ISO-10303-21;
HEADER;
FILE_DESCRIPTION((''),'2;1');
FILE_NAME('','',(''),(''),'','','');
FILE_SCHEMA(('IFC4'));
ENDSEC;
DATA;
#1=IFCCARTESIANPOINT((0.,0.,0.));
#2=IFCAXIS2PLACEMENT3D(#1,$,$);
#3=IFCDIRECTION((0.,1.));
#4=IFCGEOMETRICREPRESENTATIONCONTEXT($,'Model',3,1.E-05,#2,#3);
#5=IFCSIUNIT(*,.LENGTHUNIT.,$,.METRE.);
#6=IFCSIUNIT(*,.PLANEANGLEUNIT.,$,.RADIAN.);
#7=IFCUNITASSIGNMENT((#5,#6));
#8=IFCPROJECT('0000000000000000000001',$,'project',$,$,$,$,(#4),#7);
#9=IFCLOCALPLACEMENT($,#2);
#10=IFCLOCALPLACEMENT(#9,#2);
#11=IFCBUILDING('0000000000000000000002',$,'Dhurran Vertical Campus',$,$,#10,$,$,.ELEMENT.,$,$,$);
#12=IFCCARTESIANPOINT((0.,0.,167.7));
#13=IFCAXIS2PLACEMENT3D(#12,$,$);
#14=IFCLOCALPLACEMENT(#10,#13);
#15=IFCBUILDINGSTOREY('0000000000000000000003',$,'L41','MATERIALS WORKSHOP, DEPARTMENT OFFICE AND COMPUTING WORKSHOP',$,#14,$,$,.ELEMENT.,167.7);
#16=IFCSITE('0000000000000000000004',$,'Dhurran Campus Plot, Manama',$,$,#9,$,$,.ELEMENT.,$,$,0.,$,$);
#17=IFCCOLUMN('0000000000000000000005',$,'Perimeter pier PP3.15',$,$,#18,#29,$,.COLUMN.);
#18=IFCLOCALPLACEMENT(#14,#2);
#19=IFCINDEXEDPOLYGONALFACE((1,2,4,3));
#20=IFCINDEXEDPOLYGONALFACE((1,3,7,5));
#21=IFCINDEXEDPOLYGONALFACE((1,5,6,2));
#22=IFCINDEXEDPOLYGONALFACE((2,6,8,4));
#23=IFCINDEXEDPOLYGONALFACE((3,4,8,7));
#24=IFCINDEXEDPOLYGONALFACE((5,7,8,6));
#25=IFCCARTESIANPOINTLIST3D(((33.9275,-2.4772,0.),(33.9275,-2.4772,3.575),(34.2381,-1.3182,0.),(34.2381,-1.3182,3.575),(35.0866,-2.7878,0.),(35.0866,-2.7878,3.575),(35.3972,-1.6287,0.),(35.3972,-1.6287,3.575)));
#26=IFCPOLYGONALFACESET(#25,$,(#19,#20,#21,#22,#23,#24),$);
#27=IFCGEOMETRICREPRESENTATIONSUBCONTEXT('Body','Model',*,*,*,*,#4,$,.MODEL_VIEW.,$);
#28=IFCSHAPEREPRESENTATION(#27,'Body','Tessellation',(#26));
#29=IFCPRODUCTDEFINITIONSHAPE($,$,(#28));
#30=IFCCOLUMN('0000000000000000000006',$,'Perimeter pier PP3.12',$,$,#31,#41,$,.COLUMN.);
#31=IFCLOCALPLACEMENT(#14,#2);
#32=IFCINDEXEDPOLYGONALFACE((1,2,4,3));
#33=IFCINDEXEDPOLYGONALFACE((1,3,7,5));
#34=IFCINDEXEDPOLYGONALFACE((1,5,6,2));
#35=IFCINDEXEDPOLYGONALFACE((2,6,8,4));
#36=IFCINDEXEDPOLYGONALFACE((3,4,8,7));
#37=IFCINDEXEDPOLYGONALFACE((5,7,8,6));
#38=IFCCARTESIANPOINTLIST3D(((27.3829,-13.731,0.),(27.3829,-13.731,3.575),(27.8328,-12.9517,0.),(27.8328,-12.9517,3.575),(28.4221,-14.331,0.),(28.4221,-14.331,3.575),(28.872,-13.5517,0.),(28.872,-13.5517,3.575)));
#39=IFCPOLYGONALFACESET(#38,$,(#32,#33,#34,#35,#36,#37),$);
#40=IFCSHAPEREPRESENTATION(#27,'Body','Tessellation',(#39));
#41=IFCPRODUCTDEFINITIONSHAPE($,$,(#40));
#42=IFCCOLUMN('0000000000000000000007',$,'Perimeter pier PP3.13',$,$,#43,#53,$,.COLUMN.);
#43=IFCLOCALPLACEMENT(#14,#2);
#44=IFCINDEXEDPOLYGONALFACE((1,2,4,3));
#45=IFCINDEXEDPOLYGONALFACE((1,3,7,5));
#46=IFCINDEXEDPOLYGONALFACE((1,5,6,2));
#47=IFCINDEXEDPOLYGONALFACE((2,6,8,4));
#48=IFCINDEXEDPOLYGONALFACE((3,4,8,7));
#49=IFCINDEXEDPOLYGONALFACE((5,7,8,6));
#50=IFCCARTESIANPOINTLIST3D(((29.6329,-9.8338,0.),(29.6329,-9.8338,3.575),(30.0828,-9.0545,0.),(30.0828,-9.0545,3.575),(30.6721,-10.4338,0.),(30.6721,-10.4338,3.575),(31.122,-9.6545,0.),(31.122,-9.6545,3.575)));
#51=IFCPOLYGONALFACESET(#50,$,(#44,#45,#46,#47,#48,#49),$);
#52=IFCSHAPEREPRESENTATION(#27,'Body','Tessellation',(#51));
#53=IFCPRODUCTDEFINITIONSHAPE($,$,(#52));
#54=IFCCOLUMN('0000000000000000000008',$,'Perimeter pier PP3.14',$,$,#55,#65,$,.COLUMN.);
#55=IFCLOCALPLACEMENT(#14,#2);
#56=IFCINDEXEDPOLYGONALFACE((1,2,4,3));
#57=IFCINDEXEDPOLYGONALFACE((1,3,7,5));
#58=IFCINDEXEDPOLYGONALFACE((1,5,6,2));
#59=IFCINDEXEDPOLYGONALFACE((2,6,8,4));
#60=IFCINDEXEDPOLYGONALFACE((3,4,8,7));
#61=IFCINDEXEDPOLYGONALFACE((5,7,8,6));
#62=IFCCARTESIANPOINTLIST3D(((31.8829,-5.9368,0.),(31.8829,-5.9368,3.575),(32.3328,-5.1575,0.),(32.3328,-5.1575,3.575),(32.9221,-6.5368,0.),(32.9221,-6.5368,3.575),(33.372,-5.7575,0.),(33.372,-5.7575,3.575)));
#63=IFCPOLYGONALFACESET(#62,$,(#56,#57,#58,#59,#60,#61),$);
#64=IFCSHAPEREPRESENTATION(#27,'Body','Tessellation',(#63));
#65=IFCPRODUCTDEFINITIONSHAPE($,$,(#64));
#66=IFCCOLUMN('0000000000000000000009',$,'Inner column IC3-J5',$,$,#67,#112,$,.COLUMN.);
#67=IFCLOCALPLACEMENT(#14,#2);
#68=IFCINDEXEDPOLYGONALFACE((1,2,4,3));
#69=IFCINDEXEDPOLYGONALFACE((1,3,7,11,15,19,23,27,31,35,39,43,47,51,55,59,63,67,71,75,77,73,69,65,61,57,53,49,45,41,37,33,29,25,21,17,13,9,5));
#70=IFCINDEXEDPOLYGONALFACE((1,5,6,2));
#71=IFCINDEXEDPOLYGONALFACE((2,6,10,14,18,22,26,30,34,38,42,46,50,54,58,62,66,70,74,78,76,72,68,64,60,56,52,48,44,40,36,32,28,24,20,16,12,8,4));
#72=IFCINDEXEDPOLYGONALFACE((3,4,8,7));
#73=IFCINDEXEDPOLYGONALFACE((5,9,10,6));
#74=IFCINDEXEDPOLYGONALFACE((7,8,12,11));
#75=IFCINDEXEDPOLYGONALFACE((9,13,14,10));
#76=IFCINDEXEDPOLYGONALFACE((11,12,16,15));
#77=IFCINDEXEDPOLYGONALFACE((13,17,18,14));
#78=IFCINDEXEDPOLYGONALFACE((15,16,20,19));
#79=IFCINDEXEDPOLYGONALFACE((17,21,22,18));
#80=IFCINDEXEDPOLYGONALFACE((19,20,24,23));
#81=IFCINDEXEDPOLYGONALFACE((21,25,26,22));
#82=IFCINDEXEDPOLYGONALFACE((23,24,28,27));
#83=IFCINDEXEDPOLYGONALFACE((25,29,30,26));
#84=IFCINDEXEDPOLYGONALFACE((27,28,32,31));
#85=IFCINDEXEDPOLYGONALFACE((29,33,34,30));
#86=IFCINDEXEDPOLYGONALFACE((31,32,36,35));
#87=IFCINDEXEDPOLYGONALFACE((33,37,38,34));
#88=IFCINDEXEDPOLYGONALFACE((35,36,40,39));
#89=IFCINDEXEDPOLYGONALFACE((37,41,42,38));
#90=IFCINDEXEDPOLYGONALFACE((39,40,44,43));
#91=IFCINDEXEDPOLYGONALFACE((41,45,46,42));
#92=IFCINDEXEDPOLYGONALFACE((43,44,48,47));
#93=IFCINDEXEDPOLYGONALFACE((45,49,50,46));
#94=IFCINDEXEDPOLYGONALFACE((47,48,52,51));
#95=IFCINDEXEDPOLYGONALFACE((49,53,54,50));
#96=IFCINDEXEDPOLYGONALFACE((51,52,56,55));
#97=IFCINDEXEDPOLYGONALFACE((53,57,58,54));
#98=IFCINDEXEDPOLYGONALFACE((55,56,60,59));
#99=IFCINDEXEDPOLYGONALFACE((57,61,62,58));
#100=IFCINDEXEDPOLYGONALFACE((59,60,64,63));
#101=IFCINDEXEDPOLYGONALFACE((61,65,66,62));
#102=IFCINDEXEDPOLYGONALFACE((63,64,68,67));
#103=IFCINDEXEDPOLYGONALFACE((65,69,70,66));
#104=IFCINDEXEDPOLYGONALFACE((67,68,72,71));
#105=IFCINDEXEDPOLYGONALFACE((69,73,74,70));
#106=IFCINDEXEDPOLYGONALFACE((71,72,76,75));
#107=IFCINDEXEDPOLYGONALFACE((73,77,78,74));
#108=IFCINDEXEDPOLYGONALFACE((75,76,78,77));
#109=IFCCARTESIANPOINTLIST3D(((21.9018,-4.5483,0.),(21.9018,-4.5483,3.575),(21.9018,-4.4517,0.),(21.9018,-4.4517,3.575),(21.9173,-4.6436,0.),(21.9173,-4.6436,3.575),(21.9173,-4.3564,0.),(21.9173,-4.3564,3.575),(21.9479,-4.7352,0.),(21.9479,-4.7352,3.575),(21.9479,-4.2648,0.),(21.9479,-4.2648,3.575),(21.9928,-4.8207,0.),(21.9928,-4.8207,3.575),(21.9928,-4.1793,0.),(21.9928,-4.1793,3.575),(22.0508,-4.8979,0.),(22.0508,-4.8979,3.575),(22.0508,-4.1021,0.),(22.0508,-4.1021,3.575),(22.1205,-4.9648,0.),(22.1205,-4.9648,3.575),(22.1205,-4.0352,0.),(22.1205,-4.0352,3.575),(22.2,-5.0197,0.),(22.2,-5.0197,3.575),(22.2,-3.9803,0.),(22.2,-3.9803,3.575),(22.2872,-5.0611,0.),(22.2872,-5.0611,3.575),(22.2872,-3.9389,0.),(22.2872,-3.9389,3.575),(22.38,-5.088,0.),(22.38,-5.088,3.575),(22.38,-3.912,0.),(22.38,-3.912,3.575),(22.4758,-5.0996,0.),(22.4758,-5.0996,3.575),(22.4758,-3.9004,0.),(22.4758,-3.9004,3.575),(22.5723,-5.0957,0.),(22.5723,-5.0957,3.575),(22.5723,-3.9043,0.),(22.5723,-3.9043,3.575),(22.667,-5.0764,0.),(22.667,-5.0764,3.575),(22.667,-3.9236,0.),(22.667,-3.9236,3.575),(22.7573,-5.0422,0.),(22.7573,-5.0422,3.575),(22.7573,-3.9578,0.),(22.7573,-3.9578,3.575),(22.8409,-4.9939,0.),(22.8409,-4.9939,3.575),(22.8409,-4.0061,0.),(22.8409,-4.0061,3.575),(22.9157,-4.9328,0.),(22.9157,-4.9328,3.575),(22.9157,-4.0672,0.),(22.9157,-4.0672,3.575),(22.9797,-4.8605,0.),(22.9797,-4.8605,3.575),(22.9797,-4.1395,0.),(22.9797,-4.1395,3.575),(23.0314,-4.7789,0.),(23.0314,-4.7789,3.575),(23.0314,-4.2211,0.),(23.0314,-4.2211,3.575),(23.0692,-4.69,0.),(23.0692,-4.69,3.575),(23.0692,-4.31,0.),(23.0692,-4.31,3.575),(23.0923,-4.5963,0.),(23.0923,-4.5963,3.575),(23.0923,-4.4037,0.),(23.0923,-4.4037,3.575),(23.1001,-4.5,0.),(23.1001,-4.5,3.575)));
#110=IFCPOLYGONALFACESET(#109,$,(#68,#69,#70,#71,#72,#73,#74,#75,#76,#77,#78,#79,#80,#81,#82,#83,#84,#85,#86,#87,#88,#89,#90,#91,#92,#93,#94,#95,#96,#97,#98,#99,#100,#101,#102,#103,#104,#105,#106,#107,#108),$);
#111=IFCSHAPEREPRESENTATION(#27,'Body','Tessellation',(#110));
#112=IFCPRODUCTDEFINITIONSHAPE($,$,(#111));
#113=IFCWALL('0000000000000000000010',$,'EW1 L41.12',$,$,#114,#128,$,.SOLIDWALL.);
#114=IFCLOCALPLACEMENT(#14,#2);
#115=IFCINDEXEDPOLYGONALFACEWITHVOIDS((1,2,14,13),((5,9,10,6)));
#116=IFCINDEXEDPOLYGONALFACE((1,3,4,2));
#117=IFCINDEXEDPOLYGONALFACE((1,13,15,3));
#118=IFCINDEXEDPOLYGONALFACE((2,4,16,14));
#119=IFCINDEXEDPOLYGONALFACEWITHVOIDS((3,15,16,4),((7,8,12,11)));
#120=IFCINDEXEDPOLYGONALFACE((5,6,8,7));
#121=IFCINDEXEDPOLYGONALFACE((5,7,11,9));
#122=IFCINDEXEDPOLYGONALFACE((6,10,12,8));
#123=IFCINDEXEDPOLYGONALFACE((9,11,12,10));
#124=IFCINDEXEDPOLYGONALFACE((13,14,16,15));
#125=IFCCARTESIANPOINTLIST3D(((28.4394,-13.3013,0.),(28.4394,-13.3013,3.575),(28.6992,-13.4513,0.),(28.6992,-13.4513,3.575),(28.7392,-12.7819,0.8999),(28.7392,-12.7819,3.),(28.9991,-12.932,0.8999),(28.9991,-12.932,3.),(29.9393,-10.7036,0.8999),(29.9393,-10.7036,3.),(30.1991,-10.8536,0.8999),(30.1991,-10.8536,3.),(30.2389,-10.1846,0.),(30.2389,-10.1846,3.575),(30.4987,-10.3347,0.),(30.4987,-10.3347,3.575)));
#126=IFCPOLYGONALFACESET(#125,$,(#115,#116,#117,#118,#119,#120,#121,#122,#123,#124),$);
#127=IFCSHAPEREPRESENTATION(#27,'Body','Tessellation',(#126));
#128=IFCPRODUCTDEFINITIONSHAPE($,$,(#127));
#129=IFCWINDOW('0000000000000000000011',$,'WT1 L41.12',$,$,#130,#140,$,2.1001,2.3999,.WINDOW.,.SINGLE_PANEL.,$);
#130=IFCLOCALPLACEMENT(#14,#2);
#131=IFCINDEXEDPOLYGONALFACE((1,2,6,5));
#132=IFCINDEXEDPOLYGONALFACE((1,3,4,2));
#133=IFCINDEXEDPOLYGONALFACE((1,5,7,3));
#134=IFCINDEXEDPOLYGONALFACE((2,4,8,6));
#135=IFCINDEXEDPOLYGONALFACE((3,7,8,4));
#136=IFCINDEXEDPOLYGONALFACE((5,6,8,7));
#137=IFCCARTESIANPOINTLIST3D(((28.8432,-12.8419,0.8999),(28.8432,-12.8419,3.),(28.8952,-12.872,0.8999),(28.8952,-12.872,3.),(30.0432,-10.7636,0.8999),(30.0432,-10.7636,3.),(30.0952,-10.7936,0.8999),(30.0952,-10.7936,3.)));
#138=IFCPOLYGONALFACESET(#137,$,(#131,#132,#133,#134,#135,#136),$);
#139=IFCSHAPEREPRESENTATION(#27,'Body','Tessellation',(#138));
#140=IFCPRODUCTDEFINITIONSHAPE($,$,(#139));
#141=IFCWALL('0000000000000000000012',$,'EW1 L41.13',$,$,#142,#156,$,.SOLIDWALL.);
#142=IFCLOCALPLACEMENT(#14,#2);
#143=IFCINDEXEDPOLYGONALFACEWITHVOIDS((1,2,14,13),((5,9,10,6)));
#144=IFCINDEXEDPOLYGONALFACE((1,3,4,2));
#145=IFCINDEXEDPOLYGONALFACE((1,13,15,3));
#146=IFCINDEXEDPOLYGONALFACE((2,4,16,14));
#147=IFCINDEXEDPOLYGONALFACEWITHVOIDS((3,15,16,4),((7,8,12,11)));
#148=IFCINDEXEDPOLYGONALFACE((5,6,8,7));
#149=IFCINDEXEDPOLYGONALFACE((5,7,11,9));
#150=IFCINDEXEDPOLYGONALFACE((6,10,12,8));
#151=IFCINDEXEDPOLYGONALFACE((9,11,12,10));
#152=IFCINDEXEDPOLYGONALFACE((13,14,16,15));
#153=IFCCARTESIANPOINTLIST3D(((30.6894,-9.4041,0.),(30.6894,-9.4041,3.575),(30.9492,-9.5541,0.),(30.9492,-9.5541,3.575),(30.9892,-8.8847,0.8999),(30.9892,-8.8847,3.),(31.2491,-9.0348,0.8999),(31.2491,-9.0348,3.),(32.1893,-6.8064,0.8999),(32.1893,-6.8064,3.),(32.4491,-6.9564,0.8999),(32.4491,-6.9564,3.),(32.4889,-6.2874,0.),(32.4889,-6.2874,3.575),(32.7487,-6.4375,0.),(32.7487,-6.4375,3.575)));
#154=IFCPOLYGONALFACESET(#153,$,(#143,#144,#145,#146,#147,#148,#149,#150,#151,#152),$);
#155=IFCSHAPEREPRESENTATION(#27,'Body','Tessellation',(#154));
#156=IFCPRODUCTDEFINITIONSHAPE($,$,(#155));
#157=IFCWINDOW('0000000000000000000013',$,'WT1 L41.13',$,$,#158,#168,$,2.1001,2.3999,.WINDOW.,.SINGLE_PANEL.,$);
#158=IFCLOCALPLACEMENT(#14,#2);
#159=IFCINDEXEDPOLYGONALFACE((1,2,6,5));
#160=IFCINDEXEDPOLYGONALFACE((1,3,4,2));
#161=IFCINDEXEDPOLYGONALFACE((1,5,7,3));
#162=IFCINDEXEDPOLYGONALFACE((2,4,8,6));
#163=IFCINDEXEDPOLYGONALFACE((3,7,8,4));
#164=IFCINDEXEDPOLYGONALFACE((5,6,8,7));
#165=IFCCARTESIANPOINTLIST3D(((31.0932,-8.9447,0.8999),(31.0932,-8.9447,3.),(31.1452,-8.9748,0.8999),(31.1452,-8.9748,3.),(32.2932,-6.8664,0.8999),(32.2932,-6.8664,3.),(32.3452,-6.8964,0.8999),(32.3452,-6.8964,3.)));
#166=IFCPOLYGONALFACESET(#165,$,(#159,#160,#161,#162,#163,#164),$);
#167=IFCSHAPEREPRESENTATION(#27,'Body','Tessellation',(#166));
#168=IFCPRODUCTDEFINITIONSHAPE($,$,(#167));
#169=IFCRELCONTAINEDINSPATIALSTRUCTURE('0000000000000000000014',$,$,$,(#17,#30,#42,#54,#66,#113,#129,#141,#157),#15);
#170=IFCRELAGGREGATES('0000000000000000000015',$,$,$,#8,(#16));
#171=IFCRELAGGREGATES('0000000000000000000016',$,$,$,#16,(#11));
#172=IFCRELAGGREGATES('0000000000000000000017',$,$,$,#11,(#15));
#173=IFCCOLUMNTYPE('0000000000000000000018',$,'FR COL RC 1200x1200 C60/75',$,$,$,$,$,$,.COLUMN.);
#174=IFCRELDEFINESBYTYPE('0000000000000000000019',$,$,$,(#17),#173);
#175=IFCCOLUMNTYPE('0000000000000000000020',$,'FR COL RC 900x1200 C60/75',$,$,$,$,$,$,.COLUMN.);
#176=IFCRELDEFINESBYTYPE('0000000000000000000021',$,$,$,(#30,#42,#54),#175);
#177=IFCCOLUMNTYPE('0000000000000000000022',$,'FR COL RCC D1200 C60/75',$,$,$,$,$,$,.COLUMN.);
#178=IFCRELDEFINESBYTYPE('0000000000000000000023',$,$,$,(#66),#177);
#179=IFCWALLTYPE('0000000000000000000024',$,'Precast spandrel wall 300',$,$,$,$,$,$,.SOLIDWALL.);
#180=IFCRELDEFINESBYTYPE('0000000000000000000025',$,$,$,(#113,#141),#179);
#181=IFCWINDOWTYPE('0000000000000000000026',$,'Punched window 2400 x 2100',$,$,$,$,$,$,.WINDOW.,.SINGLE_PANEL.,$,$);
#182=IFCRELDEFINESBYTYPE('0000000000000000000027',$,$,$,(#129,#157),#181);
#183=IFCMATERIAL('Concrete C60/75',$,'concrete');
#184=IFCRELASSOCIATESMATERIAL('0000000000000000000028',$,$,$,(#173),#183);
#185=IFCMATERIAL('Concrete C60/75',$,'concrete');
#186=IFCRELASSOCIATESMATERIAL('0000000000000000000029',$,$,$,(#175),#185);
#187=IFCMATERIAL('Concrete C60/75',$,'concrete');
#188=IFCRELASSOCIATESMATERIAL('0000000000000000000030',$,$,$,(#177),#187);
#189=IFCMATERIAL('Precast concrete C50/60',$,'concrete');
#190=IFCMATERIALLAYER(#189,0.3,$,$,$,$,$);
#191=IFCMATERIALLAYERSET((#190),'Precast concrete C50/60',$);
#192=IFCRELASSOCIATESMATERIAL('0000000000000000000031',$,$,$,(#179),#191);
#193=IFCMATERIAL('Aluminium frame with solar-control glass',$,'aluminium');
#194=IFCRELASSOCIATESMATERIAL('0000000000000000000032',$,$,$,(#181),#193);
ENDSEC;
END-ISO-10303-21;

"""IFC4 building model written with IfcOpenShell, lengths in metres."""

from ifc_helpers import new_model, si_unit, direction, frame, frame_2d, origin, origin_2d, place, context, subcontext, project, spatial, rectangle, circle, extrude, material, layer, layer_set, material_profile, profile_set, type_object, element, fill, save


model = new_model("IFC4")

# Units and contexts
model_context = context("Model", 3, precision=1e-05, world=origin(), true_north=direction((0.0, 1.0)))
body_context = subcontext(model_context, "Body", "Model", "MODEL_VIEW")
ifc_project = project(units=[si_unit("LENGTHUNIT", "METRE"), si_unit("PLANEANGLEUNIT", "RADIAN")], contexts=[model_context])

# Site, building, storey
site_placement = place(None, origin())
site = spatial("IfcSite", under=ifc_project, at=site_placement, Name="Dhurran Campus Plot, Manama", CompositionType="ELEMENT", RefElevation=0.0)
building_placement = place(site_placement, origin())
building = spatial("IfcBuilding", under=site, at=building_placement, Name="Dhurran Vertical Campus", CompositionType="ELEMENT")
storey_placement = place(building_placement, frame((0.0, 0.0, 167.7)))
storey = spatial("IfcBuildingStorey", under=building, at=storey_placement, Name="L41", Description="MATERIALS WORKSHOP, DEPARTMENT OFFICE AND COMPUTING WORKSHOP", CompositionType="ELEMENT", Elevation=167.7)

# Columns
ifc_material_1 = material(Name="Concrete C60/75", Category="concrete")
ifc_material_profile_1 = material_profile(ifc_material_1, rectangle(XDim=1.2, YDim=1.2, at=origin_2d()), Name="RC 1200x1200")
ifc_profile_set_1 = profile_set([ifc_material_profile_1], Name="Concrete C60/75")
column_type_1 = type_object("IfcColumnType", Name="FR COL RC 1200x1200 C60/75", PredefinedType="COLUMN", material=ifc_profile_set_1)
column_1_placement = place(storey_placement, frame((34.6624, -2.053, 0.0), z_axis=(0.0, 0.0, 1.0), x_axis=(0.258819, 0.965926, 0.0)))
element("IfcColumn", 1, at=column_1_placement, inside=storey, type_object=column_type_1, Name="Perimeter pier PP3.15", PredefinedType="COLUMN", context=body_context, shape_type="SweptSolid", body=[
    extrude(rectangle(XDim=1.2, YDim=1.2, at=origin_2d()), origin(), (0.0, 0.0, 1.0), 3.575),
])
ifc_material_2 = material(Name="Concrete C60/75", Category="concrete")
ifc_material_profile_2 = material_profile(ifc_material_2, rectangle(XDim=0.8999, YDim=1.2, at=origin_2d()), Name="RC 900x1200")
ifc_profile_set_2 = profile_set([ifc_material_profile_2], Name="Concrete C60/75")
column_type_2 = type_object("IfcColumnType", Name="FR COL RC 900x1200 C60/75", PredefinedType="COLUMN", material=ifc_profile_set_2)
for number, where, z_axis, x_axis, name in (
    (2, (28.1274, -13.6414, 0.0), (0.0, 0.0, 1.0), (0.5, 0.866025, 0.0), "Perimeter pier PP3.12"),
    (3, (30.3774, -9.7441, 0.0), (0.0, 0.0, 1.0), (0.5, 0.866025, 0.0), "Perimeter pier PP3.13"),
    (4, (32.6274, -5.8472, 0.0), (0.0, 0.0, 1.0), (0.5, 0.866025, 0.0), "Perimeter pier PP3.14"),
):
    element("IfcColumn", number, at=place(storey_placement, frame(where, z_axis=z_axis, x_axis=x_axis)), inside=storey, type_object=column_type_2, Name=name, PredefinedType="COLUMN", context=body_context, shape_type="SweptSolid", body=[
        extrude(rectangle(XDim=0.8999, YDim=1.2, at=origin_2d()), origin(), (0.0, 0.0, 1.0), 3.575),
    ])
ifc_material_3 = material(Name="Concrete C60/75", Category="concrete")
ifc_material_profile_3 = material_profile(ifc_material_3, circle(Radius=0.6001, at=origin_2d()), Name="RCC D1200")
ifc_profile_set_3 = profile_set([ifc_material_profile_3], Name="Concrete C60/75")
column_type_3 = type_object("IfcColumnType", Name="FR COL RCC D1200 C60/75", PredefinedType="COLUMN", material=ifc_profile_set_3)
column_2_placement = place(storey_placement, frame((22.5, -4.5, 0.0), z_axis=(0.0, 0.0, 1.0), x_axis=(1.0, 0.0, 0.0)))
element("IfcColumn", 5, at=column_2_placement, inside=storey, type_object=column_type_3, Name="Inner column IC3-J5", PredefinedType="COLUMN", context=body_context, shape_type="SweptSolid", body=[
    extrude(circle(Radius=0.6001, at=origin_2d()), origin(), (0.0, 0.0, 1.0), 3.575),
])

# Walls, openings, windows
ifc_material_4 = material(Name="Precast concrete C50/60", Category="concrete")
ifc_layer_1 = layer(ifc_material_4, 0.3)
ifc_layer_set_1 = layer_set([ifc_layer_1], Name="Precast concrete C50/60")
wall_type_1 = type_object("IfcWallType", Name="Precast spandrel wall 300", PredefinedType="SOLIDWALL", material=ifc_layer_set_1)
wall_1_placement = place(storey_placement, frame((28.5693, -13.3762, 0.0), z_axis=(0.0, 0.0, 1.0), x_axis=(0.500028, 0.866009, 0.0)))
wall_1 = element("IfcWall", 6, at=wall_1_placement, inside=storey, type_object=wall_type_1, Name="EW1 L41.12", PredefinedType="SOLIDWALL", context=body_context, shape_type="SweptSolid", body=[
    extrude(rectangle(XDim=3.5989, YDim=0.3, at=frame_2d((1.7993, 0.0))), origin(), (0.0, 0.0, 1.0), 3.575),
])
opening_1_placement = place(wall_1_placement, frame((0.5996, 0.0, 0.8999)))
opening_1 = element("IfcOpeningElement", 7, at=opening_1_placement, cuts=wall_1, PredefinedType="OPENING", context=body_context, shape_type="SweptSolid", body=[
    extrude(rectangle(XDim=2.3999, YDim=2.1001, at=frame_2d((1.2, 1.05))), frame((0.0, 0.1599, 0.0), z_axis=(0.0, -1.0, 0.0), x_axis=(1.0, 0.0, 0.0)), (0.0, 0.0, 1.0), 0.3201),
])
ifc_material_5 = material(Name="Aluminium frame with solar-control glass", Category="aluminium")
window_type = type_object("IfcWindowType", Name="Punched window 2400 x 2100", PartitioningType="SINGLE_PANEL", PredefinedType="WINDOW", material=ifc_material_5)
window_1_placement = place(opening_1_placement, origin())
window_1 = element("IfcWindow", 8, at=window_1_placement, inside=storey, type_object=window_type, Name="WT1 L41.12", OverallHeight=2.1001, OverallWidth=2.3999, PartitioningType="SINGLE_PANEL", PredefinedType="WINDOW", context=body_context, shape_type="SweptSolid", body=[
    extrude(rectangle(XDim=2.3999, YDim=2.1001, at=frame_2d((1.2, 1.05))), frame((0.0, 0.03, 0.0), z_axis=(0.0, -1.0, 0.0), x_axis=(1.0, 0.0, 0.0)), (0.0, 0.0, 1.0), 0.0601),
])
fill(opening_1, window_1)
wall_2_placement = place(storey_placement, frame((30.8193, -9.479, 0.0), z_axis=(0.0, 0.0, 1.0), x_axis=(0.500028, 0.866009, 0.0)))
wall_2 = element("IfcWall", 9, at=wall_2_placement, inside=storey, type_object=wall_type_1, Name="EW1 L41.13", PredefinedType="SOLIDWALL", context=body_context, shape_type="SweptSolid", body=[
    extrude(rectangle(XDim=3.5989, YDim=0.3, at=frame_2d((1.7993, 0.0))), origin(), (0.0, 0.0, 1.0), 3.575),
])
opening_2_placement = place(wall_2_placement, frame((0.5996, 0.0, 0.8999)))
opening_2 = element("IfcOpeningElement", 10, at=opening_2_placement, cuts=wall_2, PredefinedType="OPENING", context=body_context, shape_type="SweptSolid", body=[
    extrude(rectangle(XDim=2.3999, YDim=2.1001, at=frame_2d((1.2, 1.05))), frame((0.0, 0.1599, 0.0), z_axis=(0.0, -1.0, 0.0), x_axis=(1.0, 0.0, 0.0)), (0.0, 0.0, 1.0), 0.3201),
])
window_2_placement = place(opening_2_placement, origin())
window_2 = element("IfcWindow", 11, at=window_2_placement, inside=storey, type_object=window_type, Name="WT1 L41.13", OverallHeight=2.1001, OverallWidth=2.3999, PartitioningType="SINGLE_PANEL", PredefinedType="WINDOW", context=body_context, shape_type="SweptSolid", body=[
    extrude(rectangle(XDim=2.3999, YDim=2.1001, at=frame_2d((1.2, 1.05))), frame((0.0, 0.03, 0.0), z_axis=(0.0, -1.0, 0.0), x_axis=(1.0, 0.0, 0.0)), (0.0, 0.0, 1.0), 0.0601),
])
fill(opening_2, window_2)

save(model, "model.ifc")
